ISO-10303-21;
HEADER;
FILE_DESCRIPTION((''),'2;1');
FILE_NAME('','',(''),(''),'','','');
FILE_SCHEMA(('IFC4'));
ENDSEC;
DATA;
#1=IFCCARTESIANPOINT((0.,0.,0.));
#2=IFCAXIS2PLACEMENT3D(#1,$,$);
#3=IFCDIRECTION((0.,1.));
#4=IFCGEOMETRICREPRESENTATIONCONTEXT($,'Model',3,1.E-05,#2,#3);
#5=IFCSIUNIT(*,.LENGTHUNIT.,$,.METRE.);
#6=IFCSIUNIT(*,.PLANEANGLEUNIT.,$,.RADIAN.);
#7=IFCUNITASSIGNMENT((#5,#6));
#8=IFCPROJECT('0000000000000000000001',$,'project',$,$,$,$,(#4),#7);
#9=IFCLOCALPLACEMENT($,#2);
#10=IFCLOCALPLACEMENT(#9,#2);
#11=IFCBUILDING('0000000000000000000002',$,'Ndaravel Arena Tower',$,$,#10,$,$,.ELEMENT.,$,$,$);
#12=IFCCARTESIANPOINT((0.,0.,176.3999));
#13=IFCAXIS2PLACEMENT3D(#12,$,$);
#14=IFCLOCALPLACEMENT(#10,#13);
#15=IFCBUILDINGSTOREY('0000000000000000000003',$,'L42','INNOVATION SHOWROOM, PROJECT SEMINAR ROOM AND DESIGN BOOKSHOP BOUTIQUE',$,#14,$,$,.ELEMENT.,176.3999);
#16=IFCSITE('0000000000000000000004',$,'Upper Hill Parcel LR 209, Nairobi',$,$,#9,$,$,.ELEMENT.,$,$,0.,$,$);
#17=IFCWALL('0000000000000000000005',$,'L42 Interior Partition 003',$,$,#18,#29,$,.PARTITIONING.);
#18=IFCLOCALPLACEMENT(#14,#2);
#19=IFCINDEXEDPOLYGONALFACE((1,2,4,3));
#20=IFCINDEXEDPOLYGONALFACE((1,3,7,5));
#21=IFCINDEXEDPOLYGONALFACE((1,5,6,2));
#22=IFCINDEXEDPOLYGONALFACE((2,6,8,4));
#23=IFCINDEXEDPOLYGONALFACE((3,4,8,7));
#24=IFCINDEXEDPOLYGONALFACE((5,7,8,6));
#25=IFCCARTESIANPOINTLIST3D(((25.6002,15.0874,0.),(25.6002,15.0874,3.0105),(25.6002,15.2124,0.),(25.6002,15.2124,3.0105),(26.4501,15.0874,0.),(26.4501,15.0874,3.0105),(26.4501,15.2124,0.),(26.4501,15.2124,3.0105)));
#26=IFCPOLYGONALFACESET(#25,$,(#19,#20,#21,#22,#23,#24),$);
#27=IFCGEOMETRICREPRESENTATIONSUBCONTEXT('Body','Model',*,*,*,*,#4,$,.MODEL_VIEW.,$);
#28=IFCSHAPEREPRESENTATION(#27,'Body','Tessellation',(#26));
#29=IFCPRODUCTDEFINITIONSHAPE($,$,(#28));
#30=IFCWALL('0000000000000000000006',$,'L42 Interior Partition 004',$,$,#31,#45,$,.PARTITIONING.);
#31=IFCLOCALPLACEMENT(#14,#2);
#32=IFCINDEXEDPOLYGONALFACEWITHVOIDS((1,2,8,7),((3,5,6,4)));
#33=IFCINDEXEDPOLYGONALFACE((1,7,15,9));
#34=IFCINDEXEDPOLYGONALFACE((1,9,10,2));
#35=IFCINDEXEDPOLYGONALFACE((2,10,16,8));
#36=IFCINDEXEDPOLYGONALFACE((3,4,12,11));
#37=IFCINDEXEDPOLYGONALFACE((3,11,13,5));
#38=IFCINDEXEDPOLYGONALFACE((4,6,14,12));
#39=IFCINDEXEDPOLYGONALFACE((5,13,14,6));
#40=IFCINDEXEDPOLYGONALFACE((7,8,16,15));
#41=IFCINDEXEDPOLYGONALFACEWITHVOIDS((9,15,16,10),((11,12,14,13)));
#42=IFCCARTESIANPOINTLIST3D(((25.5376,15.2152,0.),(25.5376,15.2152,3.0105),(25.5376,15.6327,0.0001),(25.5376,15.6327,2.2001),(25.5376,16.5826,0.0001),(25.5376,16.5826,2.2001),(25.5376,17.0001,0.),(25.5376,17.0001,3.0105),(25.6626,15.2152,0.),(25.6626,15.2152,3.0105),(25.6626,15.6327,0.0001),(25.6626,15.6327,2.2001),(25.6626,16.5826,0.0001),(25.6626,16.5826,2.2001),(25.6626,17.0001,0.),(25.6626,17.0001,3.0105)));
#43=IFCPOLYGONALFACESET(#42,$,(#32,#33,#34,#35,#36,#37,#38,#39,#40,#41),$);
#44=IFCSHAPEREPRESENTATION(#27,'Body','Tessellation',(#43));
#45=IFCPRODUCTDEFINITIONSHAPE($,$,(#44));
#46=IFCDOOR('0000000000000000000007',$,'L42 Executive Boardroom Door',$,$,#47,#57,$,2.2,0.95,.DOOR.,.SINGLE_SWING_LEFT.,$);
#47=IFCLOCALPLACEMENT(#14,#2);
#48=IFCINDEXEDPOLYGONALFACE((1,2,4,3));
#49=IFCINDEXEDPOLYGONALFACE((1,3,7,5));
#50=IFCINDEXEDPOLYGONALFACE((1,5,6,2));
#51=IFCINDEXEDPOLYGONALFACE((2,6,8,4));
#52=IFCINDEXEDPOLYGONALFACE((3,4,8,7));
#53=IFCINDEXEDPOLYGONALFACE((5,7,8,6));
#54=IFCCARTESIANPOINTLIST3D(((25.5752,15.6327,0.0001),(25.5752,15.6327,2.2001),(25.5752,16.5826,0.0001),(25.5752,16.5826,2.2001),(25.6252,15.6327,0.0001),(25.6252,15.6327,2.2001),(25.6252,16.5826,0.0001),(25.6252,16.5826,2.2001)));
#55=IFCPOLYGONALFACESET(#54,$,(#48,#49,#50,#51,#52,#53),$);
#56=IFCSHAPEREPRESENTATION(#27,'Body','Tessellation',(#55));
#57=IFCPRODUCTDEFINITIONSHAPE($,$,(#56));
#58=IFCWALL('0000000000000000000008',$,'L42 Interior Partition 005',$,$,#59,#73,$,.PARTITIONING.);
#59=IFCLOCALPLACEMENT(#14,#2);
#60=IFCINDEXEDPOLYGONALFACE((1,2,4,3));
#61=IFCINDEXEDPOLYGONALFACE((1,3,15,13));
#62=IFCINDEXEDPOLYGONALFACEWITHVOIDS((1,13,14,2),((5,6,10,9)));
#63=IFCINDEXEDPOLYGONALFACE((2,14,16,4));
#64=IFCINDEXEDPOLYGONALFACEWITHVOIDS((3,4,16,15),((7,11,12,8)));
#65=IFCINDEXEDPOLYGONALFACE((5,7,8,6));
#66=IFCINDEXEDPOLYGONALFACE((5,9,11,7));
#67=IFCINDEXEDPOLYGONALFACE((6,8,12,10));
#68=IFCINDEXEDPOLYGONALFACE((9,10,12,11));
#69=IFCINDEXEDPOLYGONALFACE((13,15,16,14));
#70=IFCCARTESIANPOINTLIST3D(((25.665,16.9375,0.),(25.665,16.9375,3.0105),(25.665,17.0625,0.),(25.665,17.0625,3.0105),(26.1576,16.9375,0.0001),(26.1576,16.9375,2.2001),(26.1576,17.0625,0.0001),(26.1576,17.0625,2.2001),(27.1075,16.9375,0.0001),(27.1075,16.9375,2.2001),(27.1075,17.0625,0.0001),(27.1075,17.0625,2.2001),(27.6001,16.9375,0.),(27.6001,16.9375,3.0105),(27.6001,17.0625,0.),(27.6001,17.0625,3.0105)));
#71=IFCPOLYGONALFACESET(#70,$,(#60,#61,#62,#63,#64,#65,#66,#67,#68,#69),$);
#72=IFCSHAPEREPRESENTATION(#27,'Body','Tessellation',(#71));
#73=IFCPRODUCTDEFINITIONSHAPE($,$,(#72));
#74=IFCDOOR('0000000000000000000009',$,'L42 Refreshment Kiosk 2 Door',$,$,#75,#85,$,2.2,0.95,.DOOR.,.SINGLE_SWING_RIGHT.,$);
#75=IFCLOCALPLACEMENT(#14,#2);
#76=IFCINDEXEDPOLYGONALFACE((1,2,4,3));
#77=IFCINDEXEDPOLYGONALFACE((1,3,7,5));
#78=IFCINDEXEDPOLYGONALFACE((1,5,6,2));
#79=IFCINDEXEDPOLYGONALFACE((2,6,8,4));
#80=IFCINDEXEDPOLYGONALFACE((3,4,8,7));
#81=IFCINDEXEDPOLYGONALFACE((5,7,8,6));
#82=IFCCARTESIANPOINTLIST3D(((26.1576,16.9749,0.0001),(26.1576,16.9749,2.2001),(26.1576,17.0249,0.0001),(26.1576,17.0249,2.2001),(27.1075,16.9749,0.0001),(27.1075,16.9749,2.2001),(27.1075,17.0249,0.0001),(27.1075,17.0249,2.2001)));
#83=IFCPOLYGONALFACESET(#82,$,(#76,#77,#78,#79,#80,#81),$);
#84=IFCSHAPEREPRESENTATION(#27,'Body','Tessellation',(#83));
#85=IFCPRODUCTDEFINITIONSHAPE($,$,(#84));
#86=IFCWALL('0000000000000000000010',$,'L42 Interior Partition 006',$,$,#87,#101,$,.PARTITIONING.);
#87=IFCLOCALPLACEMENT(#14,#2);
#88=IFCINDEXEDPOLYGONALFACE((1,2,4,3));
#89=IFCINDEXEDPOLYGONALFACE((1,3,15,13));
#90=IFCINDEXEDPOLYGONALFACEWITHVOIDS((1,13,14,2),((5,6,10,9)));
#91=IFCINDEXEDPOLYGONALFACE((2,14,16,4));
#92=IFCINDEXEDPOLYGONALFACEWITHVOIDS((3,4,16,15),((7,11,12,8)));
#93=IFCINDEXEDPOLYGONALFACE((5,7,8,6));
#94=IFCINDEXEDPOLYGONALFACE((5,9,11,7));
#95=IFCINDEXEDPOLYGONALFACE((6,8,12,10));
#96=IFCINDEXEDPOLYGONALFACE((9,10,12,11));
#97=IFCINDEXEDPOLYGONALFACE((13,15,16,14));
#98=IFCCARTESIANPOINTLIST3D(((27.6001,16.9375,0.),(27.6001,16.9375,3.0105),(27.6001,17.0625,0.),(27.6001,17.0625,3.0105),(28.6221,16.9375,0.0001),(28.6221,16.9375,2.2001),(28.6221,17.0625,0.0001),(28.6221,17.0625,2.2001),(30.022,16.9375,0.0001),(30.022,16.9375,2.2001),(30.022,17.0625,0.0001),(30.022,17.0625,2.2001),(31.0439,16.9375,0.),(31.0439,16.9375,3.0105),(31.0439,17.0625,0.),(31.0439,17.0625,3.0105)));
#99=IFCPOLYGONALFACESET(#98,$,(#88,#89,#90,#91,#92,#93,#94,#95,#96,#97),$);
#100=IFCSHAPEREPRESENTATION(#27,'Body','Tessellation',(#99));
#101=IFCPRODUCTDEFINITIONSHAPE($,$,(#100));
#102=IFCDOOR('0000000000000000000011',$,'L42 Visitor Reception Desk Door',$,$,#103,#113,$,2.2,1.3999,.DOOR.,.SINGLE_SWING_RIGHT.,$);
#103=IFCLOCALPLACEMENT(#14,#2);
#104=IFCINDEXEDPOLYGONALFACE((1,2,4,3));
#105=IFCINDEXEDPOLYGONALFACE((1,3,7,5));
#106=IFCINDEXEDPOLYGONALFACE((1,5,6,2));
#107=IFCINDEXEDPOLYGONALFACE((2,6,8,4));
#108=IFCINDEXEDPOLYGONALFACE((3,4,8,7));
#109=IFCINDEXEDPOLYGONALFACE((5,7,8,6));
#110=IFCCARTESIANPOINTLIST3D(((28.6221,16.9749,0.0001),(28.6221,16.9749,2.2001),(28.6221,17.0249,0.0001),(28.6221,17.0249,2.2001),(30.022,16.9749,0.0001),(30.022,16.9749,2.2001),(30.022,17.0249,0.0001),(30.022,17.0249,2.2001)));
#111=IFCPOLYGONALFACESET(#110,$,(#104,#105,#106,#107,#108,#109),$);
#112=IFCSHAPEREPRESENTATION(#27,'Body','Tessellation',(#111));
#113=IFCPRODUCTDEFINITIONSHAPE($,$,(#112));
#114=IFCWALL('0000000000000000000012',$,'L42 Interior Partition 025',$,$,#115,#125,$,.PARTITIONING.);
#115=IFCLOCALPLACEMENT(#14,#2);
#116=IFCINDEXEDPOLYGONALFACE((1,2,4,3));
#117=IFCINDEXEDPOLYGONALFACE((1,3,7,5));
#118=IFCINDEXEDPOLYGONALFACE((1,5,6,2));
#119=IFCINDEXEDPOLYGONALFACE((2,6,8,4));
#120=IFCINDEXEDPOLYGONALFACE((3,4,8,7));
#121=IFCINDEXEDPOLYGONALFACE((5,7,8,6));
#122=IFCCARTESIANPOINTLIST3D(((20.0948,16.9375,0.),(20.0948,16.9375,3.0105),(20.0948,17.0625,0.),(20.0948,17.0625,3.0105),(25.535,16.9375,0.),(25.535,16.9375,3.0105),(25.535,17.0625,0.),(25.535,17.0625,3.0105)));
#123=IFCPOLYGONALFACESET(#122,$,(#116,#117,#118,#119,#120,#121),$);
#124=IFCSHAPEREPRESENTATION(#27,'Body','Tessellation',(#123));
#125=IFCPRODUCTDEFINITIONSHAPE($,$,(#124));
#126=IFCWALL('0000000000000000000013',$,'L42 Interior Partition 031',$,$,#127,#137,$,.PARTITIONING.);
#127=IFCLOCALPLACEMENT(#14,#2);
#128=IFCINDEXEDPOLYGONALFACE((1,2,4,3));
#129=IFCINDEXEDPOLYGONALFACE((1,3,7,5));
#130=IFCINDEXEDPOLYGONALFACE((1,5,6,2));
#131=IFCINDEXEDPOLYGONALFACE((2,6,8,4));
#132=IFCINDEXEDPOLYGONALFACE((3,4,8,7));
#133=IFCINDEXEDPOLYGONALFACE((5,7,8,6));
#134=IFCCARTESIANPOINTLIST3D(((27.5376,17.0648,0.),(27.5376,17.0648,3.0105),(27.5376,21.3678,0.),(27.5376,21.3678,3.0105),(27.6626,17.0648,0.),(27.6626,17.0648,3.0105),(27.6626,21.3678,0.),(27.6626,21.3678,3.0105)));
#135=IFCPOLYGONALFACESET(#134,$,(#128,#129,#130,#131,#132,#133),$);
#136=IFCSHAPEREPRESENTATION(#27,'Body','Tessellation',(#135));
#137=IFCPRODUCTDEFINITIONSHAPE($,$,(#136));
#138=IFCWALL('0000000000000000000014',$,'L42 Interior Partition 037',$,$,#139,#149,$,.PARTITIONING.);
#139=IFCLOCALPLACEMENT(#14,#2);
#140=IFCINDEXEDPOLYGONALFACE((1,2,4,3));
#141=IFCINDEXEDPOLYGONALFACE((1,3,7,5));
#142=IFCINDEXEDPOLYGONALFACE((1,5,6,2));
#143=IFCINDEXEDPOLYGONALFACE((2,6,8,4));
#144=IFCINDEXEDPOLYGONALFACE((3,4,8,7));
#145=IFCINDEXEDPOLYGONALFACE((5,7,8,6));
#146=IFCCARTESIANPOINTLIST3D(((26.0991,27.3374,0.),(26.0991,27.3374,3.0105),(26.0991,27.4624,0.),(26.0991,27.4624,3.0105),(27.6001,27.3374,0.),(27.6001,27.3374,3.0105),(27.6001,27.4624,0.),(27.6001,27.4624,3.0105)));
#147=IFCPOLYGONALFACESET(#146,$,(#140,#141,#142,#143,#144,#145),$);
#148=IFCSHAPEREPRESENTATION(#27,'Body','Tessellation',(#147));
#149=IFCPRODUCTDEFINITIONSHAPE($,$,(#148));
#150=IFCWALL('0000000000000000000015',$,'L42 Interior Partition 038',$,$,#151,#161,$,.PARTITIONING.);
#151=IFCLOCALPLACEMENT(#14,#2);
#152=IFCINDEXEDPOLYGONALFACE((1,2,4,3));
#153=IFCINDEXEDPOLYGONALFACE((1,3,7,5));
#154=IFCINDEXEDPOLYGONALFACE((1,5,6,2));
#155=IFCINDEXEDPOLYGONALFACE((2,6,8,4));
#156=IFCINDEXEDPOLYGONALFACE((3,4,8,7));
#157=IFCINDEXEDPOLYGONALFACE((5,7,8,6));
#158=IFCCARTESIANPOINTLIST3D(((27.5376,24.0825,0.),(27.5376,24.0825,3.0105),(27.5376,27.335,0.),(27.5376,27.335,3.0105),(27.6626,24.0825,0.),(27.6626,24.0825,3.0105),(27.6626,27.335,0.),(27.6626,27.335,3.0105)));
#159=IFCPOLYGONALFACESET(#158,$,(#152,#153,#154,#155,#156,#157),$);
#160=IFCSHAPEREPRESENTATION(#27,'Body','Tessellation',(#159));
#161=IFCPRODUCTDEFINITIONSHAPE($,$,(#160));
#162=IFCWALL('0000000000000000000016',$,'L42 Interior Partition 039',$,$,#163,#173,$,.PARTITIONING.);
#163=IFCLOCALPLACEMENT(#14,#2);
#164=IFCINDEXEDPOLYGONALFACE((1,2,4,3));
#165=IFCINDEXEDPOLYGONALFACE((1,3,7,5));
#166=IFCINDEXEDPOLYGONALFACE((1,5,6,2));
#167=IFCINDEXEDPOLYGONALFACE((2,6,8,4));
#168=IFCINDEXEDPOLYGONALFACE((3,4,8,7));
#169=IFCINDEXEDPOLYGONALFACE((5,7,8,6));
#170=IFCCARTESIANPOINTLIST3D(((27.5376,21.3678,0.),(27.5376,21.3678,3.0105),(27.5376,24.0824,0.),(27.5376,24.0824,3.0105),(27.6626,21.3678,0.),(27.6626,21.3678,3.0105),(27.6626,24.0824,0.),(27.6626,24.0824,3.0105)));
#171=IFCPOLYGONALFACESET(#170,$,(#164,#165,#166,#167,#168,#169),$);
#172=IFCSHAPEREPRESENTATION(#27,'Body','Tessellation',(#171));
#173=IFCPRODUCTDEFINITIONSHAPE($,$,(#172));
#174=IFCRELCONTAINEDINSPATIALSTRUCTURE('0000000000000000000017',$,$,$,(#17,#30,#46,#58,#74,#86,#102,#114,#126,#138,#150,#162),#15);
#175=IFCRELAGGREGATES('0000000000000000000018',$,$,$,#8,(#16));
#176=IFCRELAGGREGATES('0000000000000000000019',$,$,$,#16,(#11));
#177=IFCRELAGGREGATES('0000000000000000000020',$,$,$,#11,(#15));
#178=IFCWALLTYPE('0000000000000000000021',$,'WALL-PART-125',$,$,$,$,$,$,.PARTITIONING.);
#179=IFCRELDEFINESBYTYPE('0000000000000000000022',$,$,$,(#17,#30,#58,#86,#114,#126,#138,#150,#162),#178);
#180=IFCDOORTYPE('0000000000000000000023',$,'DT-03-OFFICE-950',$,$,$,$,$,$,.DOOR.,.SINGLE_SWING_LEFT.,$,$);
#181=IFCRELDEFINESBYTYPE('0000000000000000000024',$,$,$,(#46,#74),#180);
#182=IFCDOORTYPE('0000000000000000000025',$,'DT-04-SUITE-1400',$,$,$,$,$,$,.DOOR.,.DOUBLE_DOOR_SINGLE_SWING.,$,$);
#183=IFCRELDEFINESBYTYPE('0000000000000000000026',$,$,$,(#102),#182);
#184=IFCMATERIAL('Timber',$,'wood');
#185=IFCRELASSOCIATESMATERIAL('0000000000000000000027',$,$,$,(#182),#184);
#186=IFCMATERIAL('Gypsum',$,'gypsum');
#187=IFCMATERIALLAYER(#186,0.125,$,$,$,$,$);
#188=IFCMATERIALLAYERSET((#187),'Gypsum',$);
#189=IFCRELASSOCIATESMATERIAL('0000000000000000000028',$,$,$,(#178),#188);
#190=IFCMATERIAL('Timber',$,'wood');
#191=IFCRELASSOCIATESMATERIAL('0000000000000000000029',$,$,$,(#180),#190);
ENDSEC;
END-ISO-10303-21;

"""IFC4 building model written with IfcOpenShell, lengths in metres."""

from ifc_helpers import new_model, si_unit, direction, frame, frame_2d, origin, place, context, subcontext, project, spatial, rectangle, extrude, material, layer, layer_set, type_object, element, fill, save


model = new_model("IFC4")

# Units and contexts
model_context = context("Model", 3, precision=1e-05, world=origin(), true_north=direction((0.0, 1.0)))
body_context = subcontext(model_context, "Body", "Model", "MODEL_VIEW")
ifc_project = project(units=[si_unit("LENGTHUNIT", "METRE"), si_unit("PLANEANGLEUNIT", "RADIAN")], contexts=[model_context])

# Site, building, storey
site_placement = place(None, origin())
site = spatial("IfcSite", under=ifc_project, at=site_placement, Name="Upper Hill Parcel LR 209, Nairobi", CompositionType="ELEMENT", RefElevation=0.0)
building_placement = place(site_placement, origin())
building = spatial("IfcBuilding", under=site, at=building_placement, Name="Ndaravel Arena Tower", CompositionType="ELEMENT")
storey_placement = place(building_placement, frame((0.0, 0.0, 176.3999)))
storey = spatial("IfcBuildingStorey", under=building, at=storey_placement, Name="L42", Description="INNOVATION SHOWROOM, PROJECT SEMINAR ROOM AND DESIGN BOOKSHOP BOUTIQUE", CompositionType="ELEMENT", Elevation=176.3999)

# Shared definitions
ifc_material_1 = material(Name="Timber", Category="wood")
door_type_1 = type_object("IfcDoorType", Name="DT-04-SUITE-1400", OperationType="DOUBLE_DOOR_SINGLE_SWING", PredefinedType="DOOR", material=ifc_material_1)

# Wall
ifc_material_2 = material(Name="Gypsum", Category="gypsum")
ifc_layer_1 = layer(ifc_material_2, 0.125)
ifc_layer_set_1 = layer_set([ifc_layer_1], Name="Gypsum")
wall_type_1 = type_object("IfcWallType", Name="WALL-PART-125", PredefinedType="PARTITIONING", material=ifc_layer_set_1)
wall_1_placement = place(storey_placement, frame((26.45, 15.1499, 0.0), z_axis=(0.0, 0.0, 1.0), x_axis=(-1.0, 0.0, 0.0)))
element("IfcWall", 1, at=wall_1_placement, inside=storey, type_object=wall_type_1, Name="L42 Interior Partition 003", PredefinedType="PARTITIONING", context=body_context, shape_type="SweptSolid", body=[
    extrude(rectangle(XDim=0.8499, YDim=0.125, at=frame_2d((0.4248, 0.0))), origin(), (0.0, 0.0, 1.0), 3.0105),
])

# Walls, openings, doors
wall_2_placement = place(storey_placement, frame((25.6001, 15.2151, 0.0), z_axis=(0.0, 0.0, 1.0), x_axis=(0.0, 1.0, 0.0)))
wall_2 = element("IfcWall", 2, at=wall_2_placement, inside=storey, type_object=wall_type_1, Name="L42 Interior Partition 004", PredefinedType="PARTITIONING", context=body_context, shape_type="SweptSolid", body=[
    extrude(rectangle(XDim=1.7849, YDim=0.125, at=frame_2d((0.8926, 0.0))), origin(), (0.0, 0.0, 1.0), 3.0105),
])
opening_1_placement = place(wall_2_placement, frame((0.4175, 0.0, 0.0)))
opening_1 = element("IfcOpeningElement", 3, at=opening_1_placement, cuts=wall_2, PredefinedType="OPENING", context=body_context, shape_type="SweptSolid", body=[
    extrude(rectangle(XDim=0.95, YDim=2.2, at=frame_2d((0.4751, 1.1001))), frame((0.0, 0.0625, 0.0), z_axis=(0.0, -1.0, 0.0), x_axis=(1.0, 0.0, 0.0)), (0.0, 0.0, 1.0), 0.125),
])
ifc_material_3 = material(Name="Timber", Category="wood")
door_type_2 = type_object("IfcDoorType", Name="DT-03-OFFICE-950", OperationType="SINGLE_SWING_LEFT", PredefinedType="DOOR", material=ifc_material_3)
door_1_placement = place(opening_1_placement, origin())
door_1 = element("IfcDoor", 4, at=door_1_placement, inside=storey, type_object=door_type_2, Name="L42 Executive Boardroom Door", OperationType="SINGLE_SWING_LEFT", OverallHeight=2.2, OverallWidth=0.95, PredefinedType="DOOR", context=body_context, shape_type="SweptSolid", body=[
    extrude(rectangle(XDim=0.95, YDim=2.2, at=frame_2d((0.4751, 1.1001))), frame((0.0, 0.0249, 0.0), z_axis=(0.0, -1.0, 0.0), x_axis=(1.0, 0.0, 0.0)), (0.0, 0.0, 1.0), 0.05),
])
fill(opening_1, door_1)
wall_3_placement = place(storey_placement, frame((25.665, 17.0, 0.0), z_axis=(0.0, 0.0, 1.0), x_axis=(1.0, 0.0, 0.0)))
wall_3 = element("IfcWall", 5, at=wall_3_placement, inside=storey, type_object=wall_type_1, Name="L42 Interior Partition 005", PredefinedType="PARTITIONING", context=body_context, shape_type="SweptSolid", body=[
    extrude(rectangle(XDim=1.9351, YDim=0.125, at=frame_2d((0.9675, 0.0))), origin(), (0.0, 0.0, 1.0), 3.0105),
])
opening_2_placement = place(wall_3_placement, frame((0.4924, 0.0, 0.0)))
opening_2 = element("IfcOpeningElement", 6, at=opening_2_placement, cuts=wall_3, PredefinedType="OPENING", context=body_context, shape_type="SweptSolid", body=[
    extrude(rectangle(XDim=0.95, YDim=2.2, at=frame_2d((0.4751, 1.1001))), frame((0.0, 0.0625, 0.0), z_axis=(0.0, -1.0, 0.0), x_axis=(1.0, 0.0, 0.0)), (0.0, 0.0, 1.0), 0.125),
])
door_2_placement = place(opening_2_placement, origin())
door_2 = element("IfcDoor", 7, at=door_2_placement, inside=storey, type_object=door_type_2, Name="L42 Refreshment Kiosk 2 Door", OperationType="SINGLE_SWING_RIGHT", OverallHeight=2.2, OverallWidth=0.95, PredefinedType="DOOR", context=body_context, shape_type="SweptSolid", body=[
    extrude(rectangle(XDim=0.95, YDim=2.2, at=frame_2d((0.4751, 1.1001))), frame((0.0, 0.0249, 0.0), z_axis=(0.0, -1.0, 0.0), x_axis=(1.0, 0.0, 0.0)), (0.0, 0.0, 1.0), 0.05),
])
fill(opening_2, door_2)
wall_4_placement = place(storey_placement, frame((27.6001, 17.0, 0.0), z_axis=(0.0, 0.0, 1.0), x_axis=(1.0, 0.0, 0.0)))
wall_4 = element("IfcWall", 8, at=wall_4_placement, inside=storey, type_object=wall_type_1, Name="L42 Interior Partition 006", PredefinedType="PARTITIONING", context=body_context, shape_type="SweptSolid", body=[
    extrude(rectangle(XDim=3.4438, YDim=0.125, at=frame_2d((1.7219, 0.0))), origin(), (0.0, 0.0, 1.0), 3.0105),
])
opening_3_placement = place(wall_4_placement, frame((1.022, 0.0, 0.0)))
opening_3 = element("IfcOpeningElement", 9, at=opening_3_placement, cuts=wall_4, PredefinedType="OPENING", context=body_context, shape_type="SweptSolid", body=[
    extrude(rectangle(XDim=1.3999, YDim=2.2, at=frame_2d((0.7, 1.1001))), frame((0.0, 0.0625, 0.0), z_axis=(0.0, -1.0, 0.0), x_axis=(1.0, 0.0, 0.0)), (0.0, 0.0, 1.0), 0.125),
])
door_3_placement = place(opening_3_placement, origin())
door_3 = element("IfcDoor", 10, at=door_3_placement, inside=storey, type_object=door_type_1, Name="L42 Visitor Reception Desk Door", OperationType="SINGLE_SWING_RIGHT", OverallHeight=2.2, OverallWidth=1.3999, PredefinedType="DOOR", context=body_context, shape_type="SweptSolid", body=[
    extrude(rectangle(XDim=1.3999, YDim=2.2, at=frame_2d((0.7, 1.1001))), frame((0.0, 0.0249, 0.0), z_axis=(0.0, -1.0, 0.0), x_axis=(1.0, 0.0, 0.0)), (0.0, 0.0, 1.0), 0.05),
])
fill(opening_3, door_3)

# Walls
wall_5_placement = place(storey_placement, frame((20.0947, 17.0, 0.0), z_axis=(0.0, 0.0, 1.0), x_axis=(1.0, 0.0, 0.0)))
element("IfcWall", 11, at=wall_5_placement, inside=storey, type_object=wall_type_1, Name="L42 Interior Partition 025", PredefinedType="PARTITIONING", context=body_context, shape_type="SweptSolid", body=[
    extrude(rectangle(XDim=5.4402, YDim=0.125, at=frame_2d((2.7202, 0.0))), origin(), (0.0, 0.0, 1.0), 3.0105),
])
wall_6_placement = place(storey_placement, frame((27.6001, 17.0649, 0.0), z_axis=(0.0, 0.0, 1.0), x_axis=(0.0, 1.0, 0.0)))
element("IfcWall", 12, at=wall_6_placement, inside=storey, type_object=wall_type_1, Name="L42 Interior Partition 031", PredefinedType="PARTITIONING", context=body_context, shape_type="SweptSolid", body=[
    extrude(rectangle(XDim=4.303, YDim=0.125, at=frame_2d((2.1514, 0.0))), origin(), (0.0, 0.0, 1.0), 3.0105),
])
wall_7_placement = place(storey_placement, frame((26.0991, 27.3999, 0.0), z_axis=(0.0, 0.0, 1.0), x_axis=(1.0, 0.0, 0.0)))
element("IfcWall", 13, at=wall_7_placement, inside=storey, type_object=wall_type_1, Name="L42 Interior Partition 037", PredefinedType="PARTITIONING", context=body_context, shape_type="SweptSolid", body=[
    extrude(rectangle(XDim=1.501, YDim=0.125, at=frame_2d((0.7505, 0.0))), origin(), (0.0, 0.0, 1.0), 3.0105),
])
wall_8_placement = place(storey_placement, frame((27.6001, 27.335, 0.0), z_axis=(0.0, 0.0, 1.0), x_axis=(0.0, -1.0, 0.0)))
element("IfcWall", 14, at=wall_8_placement, inside=storey, type_object=wall_type_1, Name="L42 Interior Partition 038", PredefinedType="PARTITIONING", context=body_context, shape_type="SweptSolid", body=[
    extrude(rectangle(XDim=3.2524, YDim=0.125, at=frame_2d((1.6262, 0.0))), origin(), (0.0, 0.0, 1.0), 3.0105),
])
wall_9_placement = place(storey_placement, frame((27.6001, 24.0825, 0.0), z_axis=(0.0, 0.0, 1.0), x_axis=(0.0, -1.0, 0.0)))
element("IfcWall", 15, at=wall_9_placement, inside=storey, type_object=wall_type_1, Name="L42 Interior Partition 039", PredefinedType="PARTITIONING", context=body_context, shape_type="SweptSolid", body=[
    extrude(rectangle(XDim=2.7146, YDim=0.125, at=frame_2d((1.3574, 0.0))), origin(), (0.0, 0.0, 1.0), 3.0105),
])

save(model, "model.ifc")
